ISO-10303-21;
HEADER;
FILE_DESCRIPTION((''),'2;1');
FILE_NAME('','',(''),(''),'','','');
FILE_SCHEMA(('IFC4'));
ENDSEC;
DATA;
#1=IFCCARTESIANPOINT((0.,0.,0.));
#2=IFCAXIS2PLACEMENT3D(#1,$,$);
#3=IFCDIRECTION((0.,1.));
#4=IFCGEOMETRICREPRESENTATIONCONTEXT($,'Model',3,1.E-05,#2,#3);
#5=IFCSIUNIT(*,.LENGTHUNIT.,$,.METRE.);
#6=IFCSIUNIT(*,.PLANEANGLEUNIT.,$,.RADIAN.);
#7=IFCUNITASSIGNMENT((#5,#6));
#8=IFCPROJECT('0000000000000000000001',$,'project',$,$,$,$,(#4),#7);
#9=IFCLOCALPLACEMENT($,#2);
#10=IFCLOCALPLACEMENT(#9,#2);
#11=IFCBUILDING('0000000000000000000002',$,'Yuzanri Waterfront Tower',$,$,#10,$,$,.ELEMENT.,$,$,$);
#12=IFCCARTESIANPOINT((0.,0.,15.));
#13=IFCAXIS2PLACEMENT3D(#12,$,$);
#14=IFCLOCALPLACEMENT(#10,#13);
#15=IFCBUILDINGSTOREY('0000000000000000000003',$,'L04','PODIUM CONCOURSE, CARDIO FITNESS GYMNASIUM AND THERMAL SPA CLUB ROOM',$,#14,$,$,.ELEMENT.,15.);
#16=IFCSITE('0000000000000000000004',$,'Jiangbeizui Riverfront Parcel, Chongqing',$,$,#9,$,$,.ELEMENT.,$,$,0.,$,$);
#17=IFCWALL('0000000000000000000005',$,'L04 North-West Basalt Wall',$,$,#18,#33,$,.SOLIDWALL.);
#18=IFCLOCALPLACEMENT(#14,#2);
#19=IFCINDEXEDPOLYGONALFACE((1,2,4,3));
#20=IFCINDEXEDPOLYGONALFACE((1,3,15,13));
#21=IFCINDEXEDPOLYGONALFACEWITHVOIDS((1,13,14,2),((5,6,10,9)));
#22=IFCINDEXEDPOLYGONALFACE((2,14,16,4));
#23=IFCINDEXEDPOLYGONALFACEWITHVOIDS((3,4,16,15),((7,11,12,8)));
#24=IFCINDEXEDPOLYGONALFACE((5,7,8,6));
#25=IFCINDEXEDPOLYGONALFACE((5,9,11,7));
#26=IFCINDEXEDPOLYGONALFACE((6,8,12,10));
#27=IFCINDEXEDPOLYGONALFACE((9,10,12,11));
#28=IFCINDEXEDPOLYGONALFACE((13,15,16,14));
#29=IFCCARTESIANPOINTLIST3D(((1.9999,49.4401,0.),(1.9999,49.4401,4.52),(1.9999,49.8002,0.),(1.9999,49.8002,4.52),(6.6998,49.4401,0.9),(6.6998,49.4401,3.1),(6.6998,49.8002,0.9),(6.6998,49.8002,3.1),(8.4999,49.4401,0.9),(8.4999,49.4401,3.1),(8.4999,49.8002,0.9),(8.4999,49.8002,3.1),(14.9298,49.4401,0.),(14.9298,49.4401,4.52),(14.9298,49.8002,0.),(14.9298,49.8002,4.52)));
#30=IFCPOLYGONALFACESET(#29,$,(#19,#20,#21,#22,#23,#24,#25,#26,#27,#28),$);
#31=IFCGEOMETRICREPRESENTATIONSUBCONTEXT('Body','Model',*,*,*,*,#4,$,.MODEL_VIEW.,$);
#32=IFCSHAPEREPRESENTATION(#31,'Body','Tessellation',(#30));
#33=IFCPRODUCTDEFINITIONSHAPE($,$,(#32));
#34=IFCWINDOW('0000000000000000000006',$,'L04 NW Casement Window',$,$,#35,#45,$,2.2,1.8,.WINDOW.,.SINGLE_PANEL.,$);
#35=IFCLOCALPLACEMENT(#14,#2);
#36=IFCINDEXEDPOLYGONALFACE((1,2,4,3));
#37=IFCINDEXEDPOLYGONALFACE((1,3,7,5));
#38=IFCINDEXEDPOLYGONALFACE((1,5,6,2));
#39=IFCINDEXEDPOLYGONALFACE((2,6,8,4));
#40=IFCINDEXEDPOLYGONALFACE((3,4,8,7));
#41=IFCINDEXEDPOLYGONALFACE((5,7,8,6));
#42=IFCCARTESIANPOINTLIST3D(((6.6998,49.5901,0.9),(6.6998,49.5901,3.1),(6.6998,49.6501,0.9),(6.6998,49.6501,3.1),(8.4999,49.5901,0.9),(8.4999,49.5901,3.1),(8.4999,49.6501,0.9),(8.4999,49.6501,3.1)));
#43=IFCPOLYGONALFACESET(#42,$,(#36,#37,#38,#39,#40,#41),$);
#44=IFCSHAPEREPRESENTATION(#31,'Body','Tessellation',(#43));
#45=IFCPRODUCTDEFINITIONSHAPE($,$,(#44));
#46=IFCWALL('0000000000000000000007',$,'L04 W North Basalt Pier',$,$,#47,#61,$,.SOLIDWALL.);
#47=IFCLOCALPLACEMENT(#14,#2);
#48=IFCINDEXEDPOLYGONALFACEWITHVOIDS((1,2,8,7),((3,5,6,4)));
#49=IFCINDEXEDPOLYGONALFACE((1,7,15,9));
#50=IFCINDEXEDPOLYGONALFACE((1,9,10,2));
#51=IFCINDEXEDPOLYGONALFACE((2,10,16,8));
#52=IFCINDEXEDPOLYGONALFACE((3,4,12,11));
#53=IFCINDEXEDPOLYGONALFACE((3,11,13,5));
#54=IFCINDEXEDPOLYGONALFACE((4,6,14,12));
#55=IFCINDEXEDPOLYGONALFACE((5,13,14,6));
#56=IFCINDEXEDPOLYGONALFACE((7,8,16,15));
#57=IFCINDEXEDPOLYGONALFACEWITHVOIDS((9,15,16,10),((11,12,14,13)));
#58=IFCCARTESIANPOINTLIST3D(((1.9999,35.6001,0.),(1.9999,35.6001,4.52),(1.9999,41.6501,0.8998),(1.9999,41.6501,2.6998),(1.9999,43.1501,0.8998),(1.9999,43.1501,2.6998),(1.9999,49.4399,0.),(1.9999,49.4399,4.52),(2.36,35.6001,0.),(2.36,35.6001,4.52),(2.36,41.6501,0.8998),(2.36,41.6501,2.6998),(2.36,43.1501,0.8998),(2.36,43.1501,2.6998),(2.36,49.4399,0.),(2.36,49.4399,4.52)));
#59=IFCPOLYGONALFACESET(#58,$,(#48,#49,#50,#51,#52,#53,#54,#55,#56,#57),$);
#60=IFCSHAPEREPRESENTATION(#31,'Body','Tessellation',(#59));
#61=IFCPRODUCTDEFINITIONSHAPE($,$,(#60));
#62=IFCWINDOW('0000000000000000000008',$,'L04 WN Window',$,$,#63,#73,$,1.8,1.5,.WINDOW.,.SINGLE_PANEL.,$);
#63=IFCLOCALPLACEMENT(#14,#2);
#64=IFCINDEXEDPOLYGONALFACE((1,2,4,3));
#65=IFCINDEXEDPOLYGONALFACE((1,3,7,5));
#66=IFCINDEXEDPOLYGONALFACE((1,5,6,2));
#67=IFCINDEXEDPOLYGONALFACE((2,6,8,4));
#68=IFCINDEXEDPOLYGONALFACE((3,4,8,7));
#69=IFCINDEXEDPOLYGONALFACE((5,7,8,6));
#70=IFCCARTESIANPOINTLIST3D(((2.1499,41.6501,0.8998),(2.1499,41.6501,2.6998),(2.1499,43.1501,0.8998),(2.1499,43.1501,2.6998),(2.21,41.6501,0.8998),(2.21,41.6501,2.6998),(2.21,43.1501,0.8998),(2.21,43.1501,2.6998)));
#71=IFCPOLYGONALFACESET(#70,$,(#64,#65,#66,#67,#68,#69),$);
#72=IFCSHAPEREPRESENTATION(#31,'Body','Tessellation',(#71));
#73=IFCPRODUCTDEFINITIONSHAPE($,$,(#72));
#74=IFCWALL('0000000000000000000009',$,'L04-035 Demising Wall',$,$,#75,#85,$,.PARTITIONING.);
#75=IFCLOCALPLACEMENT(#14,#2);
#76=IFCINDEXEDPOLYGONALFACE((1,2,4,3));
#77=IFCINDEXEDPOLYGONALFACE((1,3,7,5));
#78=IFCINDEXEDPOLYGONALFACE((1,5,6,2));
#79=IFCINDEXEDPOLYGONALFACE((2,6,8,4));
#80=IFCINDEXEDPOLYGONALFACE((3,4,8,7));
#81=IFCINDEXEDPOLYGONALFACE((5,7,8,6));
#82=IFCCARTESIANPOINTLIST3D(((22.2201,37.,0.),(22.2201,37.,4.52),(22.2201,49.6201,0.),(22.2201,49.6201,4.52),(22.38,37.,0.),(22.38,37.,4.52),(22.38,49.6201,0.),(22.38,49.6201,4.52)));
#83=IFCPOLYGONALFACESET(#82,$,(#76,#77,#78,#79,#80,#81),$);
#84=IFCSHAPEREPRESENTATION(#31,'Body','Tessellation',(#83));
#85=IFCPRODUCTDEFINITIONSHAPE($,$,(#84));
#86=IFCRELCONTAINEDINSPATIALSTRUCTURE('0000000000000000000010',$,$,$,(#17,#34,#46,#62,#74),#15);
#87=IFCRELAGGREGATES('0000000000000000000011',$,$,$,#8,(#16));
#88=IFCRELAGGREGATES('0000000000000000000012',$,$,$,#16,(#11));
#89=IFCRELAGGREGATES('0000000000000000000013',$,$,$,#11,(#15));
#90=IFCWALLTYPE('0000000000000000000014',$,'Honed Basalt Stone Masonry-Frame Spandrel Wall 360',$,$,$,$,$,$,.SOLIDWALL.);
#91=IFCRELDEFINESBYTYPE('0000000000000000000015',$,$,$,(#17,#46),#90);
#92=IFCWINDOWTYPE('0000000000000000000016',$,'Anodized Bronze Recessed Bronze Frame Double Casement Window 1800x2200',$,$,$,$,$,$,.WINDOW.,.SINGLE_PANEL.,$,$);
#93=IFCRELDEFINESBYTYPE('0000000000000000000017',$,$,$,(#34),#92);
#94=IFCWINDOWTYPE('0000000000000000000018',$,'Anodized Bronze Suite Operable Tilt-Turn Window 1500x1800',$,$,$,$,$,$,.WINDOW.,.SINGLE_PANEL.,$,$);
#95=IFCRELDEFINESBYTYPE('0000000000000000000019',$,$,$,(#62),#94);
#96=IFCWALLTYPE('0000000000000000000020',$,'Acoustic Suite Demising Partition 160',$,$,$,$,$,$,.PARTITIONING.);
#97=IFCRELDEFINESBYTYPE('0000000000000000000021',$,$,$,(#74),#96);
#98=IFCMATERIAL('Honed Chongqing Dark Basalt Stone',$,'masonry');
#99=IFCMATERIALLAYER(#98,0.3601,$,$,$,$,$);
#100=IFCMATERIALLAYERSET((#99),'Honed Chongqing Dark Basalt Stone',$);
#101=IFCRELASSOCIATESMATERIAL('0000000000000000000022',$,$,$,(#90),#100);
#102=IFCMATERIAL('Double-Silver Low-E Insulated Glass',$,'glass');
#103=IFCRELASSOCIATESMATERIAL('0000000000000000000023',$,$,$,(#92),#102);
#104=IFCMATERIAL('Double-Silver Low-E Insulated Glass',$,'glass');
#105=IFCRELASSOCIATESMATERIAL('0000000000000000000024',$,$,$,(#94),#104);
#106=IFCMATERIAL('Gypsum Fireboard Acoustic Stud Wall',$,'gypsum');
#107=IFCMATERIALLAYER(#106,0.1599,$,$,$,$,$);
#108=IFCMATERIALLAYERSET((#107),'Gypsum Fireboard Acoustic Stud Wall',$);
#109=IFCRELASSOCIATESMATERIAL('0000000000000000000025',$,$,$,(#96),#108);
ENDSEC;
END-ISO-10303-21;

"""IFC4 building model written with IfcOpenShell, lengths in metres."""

from ifc_helpers import new_model, si_unit, direction, frame, frame_2d, origin, place, context, subcontext, project, spatial, rectangle, extrude, source, transform, mapped, material, layer, layer_set, type_object, element, fill, save


model = new_model("IFC4")

# Units and contexts
model_context = context("Model", 3, precision=1e-05, world=origin(), true_north=direction((0.0, 1.0)))
body_context = subcontext(model_context, "Body", "Model", "MODEL_VIEW")
ifc_project = project(units=[si_unit("LENGTHUNIT", "METRE"), si_unit("PLANEANGLEUNIT", "RADIAN")], contexts=[model_context])

# Site, building, storey
site_placement = place(None, origin())
site = spatial("IfcSite", under=ifc_project, at=site_placement, Name="Jiangbeizui Riverfront Parcel, Chongqing", CompositionType="ELEMENT", RefElevation=0.0)
building_placement = place(site_placement, origin())
building = spatial("IfcBuilding", under=site, at=building_placement, Name="Yuzanri Waterfront Tower", CompositionType="ELEMENT")
storey_placement = place(building_placement, frame((0.0, 0.0, 15.0)))
storey = spatial("IfcBuildingStorey", under=building, at=storey_placement, Name="L04", Description="PODIUM CONCOURSE, CARDIO FITNESS GYMNASIUM AND THERMAL SPA CLUB ROOM", CompositionType="ELEMENT", Elevation=15.0)

# Walls, openings, windows
ifc_material_1 = material(Name="Honed Chongqing Dark Basalt Stone", Category="masonry")
ifc_layer_1 = layer(ifc_material_1, 0.3601)
ifc_layer_set_1 = layer_set([ifc_layer_1], Name="Honed Chongqing Dark Basalt Stone")
wall_type_1 = type_object("IfcWallType", Name="Honed Basalt Stone Masonry-Frame Spandrel Wall 360", PredefinedType="SOLIDWALL", material=ifc_layer_set_1)
wall_1_placement = place(storey_placement, frame((2.0, 49.6201, 0.0), z_axis=(0.0, 0.0, 1.0), x_axis=(1.0, 0.0, 0.0)))
wall_1 = element("IfcWall", 1, at=wall_1_placement, inside=storey, type_object=wall_type_1, Name="L04 North-West Basalt Wall", PredefinedType="SOLIDWALL", context=body_context, shape_type="SweptSolid", body=[
    extrude(rectangle(XDim=12.9299, YDim=0.3601, at=frame_2d((6.4648, 0.0))), origin(), (0.0, 0.0, 1.0), 4.52),
])
opening_1_placement = place(wall_1_placement, frame((4.7, 0.0, 0.8999)))
opening_1 = element("IfcOpeningElement", 2, at=opening_1_placement, cuts=wall_1, PredefinedType="OPENING", context=body_context, shape_type="SweptSolid", body=[
    extrude(rectangle(XDim=1.8, YDim=2.2, at=frame_2d((0.8999, 1.1001))), frame((0.0, 0.1948, 0.0), z_axis=(0.0, -1.0, 0.0), x_axis=(1.0, 0.0, 0.0)), (0.0, 0.0, 1.0), 0.3899),
])
ifc_material_2 = material(Name="Double-Silver Low-E Insulated Glass", Category="glass")
window_type_1 = type_object("IfcWindowType", Name="Anodized Bronze Recessed Bronze Frame Double Casement Window 1800x2200", PartitioningType="SINGLE_PANEL", PredefinedType="WINDOW", material=ifc_material_2)
shared_shape_1 = source(origin(), body_context, "Body", "SweptSolid", [
    extrude(rectangle(XDim=1.8, YDim=2.2, at=frame_2d((0.8999, 1.1001))), frame((0.0, 0.03, 0.0), z_axis=(0.0, -1.0, 0.0), x_axis=(1.0, 0.0, 0.0)), (0.0, 0.0, 1.0), 0.0601),
])
window_1_placement = place(opening_1_placement, origin())
window_1 = element("IfcWindow", 3, at=window_1_placement, inside=storey, type_object=window_type_1, Name="L04 NW Casement Window", OverallHeight=2.2, OverallWidth=1.8, PartitioningType="SINGLE_PANEL", PredefinedType="WINDOW", context=body_context, shape_type="MappedRepresentation", body=[
    mapped(shared_shape_1, transform((0.0, 0.0, 0.0), scale=1.0)),
])
fill(opening_1, window_1)
wall_2_placement = place(storey_placement, frame((2.1799, 35.6001, 0.0), z_axis=(0.0, 0.0, 1.0), x_axis=(0.0, 1.0, 0.0)))
wall_2 = element("IfcWall", 4, at=wall_2_placement, inside=storey, type_object=wall_type_1, Name="L04 W North Basalt Pier", PredefinedType="SOLIDWALL", context=body_context, shape_type="SweptSolid", body=[
    extrude(rectangle(XDim=13.8398, YDim=0.3601, at=frame_2d((6.9199, 0.0))), origin(), (0.0, 0.0, 1.0), 4.52),
])
opening_2_placement = place(wall_2_placement, frame((6.05, 0.0, 0.8999)))
opening_2 = element("IfcOpeningElement", 5, at=opening_2_placement, cuts=wall_2, PredefinedType="OPENING", context=body_context, shape_type="SweptSolid", body=[
    extrude(rectangle(XDim=1.5, YDim=1.8, at=frame_2d((0.75, 0.8999))), frame((0.0, 0.1948, 0.0), z_axis=(0.0, -1.0, 0.0), x_axis=(1.0, 0.0, 0.0)), (0.0, 0.0, 1.0), 0.3899),
])
ifc_material_3 = material(Name="Double-Silver Low-E Insulated Glass", Category="glass")
window_type_2 = type_object("IfcWindowType", Name="Anodized Bronze Suite Operable Tilt-Turn Window 1500x1800", PartitioningType="SINGLE_PANEL", PredefinedType="WINDOW", material=ifc_material_3)
shared_shape_2 = source(origin(), body_context, "Body", "SweptSolid", [
    extrude(rectangle(XDim=1.5, YDim=1.8, at=frame_2d((0.75, 0.8999))), frame((0.0, 0.03, 0.0), z_axis=(0.0, -1.0, 0.0), x_axis=(1.0, 0.0, 0.0)), (0.0, 0.0, 1.0), 0.0601),
])
window_2_placement = place(opening_2_placement, origin())
window_2 = element("IfcWindow", 6, at=window_2_placement, inside=storey, type_object=window_type_2, Name="L04 WN Window", OverallHeight=1.8, OverallWidth=1.5, PartitioningType="SINGLE_PANEL", PredefinedType="WINDOW", context=body_context, shape_type="MappedRepresentation", body=[
    mapped(shared_shape_2, transform((0.0, 0.0, 0.0), scale=1.0)),
])
fill(opening_2, window_2)

# Wall
ifc_material_4 = material(Name="Gypsum Fireboard Acoustic Stud Wall", Category="gypsum")
ifc_layer_2 = layer(ifc_material_4, 0.1599)
ifc_layer_set_2 = layer_set([ifc_layer_2], Name="Gypsum Fireboard Acoustic Stud Wall")
wall_type_2 = type_object("IfcWallType", Name="Acoustic Suite Demising Partition 160", PredefinedType="PARTITIONING", material=ifc_layer_set_2)
shared_shape_3 = source(origin(), body_context, "Body", "SweptSolid", [
    extrude(rectangle(XDim=12.6201, YDim=0.1599, at=frame_2d((6.3101, 0.0))), origin(), (0.0, 0.0, 1.0), 4.52),
])
wall_3_placement = place(storey_placement, frame((22.3, 37.0, 0.0), z_axis=(0.0, 0.0, 1.0), x_axis=(0.0, 1.0, 0.0)))
element("IfcWall", 7, at=wall_3_placement, inside=storey, type_object=wall_type_2, Name="L04-035 Demising Wall", PredefinedType="PARTITIONING", context=body_context, shape_type="MappedRepresentation", body=[
    mapped(shared_shape_3, transform((0.0, 0.0, 0.0), scale=1.0)),
])

save(model, "model.ifc")
